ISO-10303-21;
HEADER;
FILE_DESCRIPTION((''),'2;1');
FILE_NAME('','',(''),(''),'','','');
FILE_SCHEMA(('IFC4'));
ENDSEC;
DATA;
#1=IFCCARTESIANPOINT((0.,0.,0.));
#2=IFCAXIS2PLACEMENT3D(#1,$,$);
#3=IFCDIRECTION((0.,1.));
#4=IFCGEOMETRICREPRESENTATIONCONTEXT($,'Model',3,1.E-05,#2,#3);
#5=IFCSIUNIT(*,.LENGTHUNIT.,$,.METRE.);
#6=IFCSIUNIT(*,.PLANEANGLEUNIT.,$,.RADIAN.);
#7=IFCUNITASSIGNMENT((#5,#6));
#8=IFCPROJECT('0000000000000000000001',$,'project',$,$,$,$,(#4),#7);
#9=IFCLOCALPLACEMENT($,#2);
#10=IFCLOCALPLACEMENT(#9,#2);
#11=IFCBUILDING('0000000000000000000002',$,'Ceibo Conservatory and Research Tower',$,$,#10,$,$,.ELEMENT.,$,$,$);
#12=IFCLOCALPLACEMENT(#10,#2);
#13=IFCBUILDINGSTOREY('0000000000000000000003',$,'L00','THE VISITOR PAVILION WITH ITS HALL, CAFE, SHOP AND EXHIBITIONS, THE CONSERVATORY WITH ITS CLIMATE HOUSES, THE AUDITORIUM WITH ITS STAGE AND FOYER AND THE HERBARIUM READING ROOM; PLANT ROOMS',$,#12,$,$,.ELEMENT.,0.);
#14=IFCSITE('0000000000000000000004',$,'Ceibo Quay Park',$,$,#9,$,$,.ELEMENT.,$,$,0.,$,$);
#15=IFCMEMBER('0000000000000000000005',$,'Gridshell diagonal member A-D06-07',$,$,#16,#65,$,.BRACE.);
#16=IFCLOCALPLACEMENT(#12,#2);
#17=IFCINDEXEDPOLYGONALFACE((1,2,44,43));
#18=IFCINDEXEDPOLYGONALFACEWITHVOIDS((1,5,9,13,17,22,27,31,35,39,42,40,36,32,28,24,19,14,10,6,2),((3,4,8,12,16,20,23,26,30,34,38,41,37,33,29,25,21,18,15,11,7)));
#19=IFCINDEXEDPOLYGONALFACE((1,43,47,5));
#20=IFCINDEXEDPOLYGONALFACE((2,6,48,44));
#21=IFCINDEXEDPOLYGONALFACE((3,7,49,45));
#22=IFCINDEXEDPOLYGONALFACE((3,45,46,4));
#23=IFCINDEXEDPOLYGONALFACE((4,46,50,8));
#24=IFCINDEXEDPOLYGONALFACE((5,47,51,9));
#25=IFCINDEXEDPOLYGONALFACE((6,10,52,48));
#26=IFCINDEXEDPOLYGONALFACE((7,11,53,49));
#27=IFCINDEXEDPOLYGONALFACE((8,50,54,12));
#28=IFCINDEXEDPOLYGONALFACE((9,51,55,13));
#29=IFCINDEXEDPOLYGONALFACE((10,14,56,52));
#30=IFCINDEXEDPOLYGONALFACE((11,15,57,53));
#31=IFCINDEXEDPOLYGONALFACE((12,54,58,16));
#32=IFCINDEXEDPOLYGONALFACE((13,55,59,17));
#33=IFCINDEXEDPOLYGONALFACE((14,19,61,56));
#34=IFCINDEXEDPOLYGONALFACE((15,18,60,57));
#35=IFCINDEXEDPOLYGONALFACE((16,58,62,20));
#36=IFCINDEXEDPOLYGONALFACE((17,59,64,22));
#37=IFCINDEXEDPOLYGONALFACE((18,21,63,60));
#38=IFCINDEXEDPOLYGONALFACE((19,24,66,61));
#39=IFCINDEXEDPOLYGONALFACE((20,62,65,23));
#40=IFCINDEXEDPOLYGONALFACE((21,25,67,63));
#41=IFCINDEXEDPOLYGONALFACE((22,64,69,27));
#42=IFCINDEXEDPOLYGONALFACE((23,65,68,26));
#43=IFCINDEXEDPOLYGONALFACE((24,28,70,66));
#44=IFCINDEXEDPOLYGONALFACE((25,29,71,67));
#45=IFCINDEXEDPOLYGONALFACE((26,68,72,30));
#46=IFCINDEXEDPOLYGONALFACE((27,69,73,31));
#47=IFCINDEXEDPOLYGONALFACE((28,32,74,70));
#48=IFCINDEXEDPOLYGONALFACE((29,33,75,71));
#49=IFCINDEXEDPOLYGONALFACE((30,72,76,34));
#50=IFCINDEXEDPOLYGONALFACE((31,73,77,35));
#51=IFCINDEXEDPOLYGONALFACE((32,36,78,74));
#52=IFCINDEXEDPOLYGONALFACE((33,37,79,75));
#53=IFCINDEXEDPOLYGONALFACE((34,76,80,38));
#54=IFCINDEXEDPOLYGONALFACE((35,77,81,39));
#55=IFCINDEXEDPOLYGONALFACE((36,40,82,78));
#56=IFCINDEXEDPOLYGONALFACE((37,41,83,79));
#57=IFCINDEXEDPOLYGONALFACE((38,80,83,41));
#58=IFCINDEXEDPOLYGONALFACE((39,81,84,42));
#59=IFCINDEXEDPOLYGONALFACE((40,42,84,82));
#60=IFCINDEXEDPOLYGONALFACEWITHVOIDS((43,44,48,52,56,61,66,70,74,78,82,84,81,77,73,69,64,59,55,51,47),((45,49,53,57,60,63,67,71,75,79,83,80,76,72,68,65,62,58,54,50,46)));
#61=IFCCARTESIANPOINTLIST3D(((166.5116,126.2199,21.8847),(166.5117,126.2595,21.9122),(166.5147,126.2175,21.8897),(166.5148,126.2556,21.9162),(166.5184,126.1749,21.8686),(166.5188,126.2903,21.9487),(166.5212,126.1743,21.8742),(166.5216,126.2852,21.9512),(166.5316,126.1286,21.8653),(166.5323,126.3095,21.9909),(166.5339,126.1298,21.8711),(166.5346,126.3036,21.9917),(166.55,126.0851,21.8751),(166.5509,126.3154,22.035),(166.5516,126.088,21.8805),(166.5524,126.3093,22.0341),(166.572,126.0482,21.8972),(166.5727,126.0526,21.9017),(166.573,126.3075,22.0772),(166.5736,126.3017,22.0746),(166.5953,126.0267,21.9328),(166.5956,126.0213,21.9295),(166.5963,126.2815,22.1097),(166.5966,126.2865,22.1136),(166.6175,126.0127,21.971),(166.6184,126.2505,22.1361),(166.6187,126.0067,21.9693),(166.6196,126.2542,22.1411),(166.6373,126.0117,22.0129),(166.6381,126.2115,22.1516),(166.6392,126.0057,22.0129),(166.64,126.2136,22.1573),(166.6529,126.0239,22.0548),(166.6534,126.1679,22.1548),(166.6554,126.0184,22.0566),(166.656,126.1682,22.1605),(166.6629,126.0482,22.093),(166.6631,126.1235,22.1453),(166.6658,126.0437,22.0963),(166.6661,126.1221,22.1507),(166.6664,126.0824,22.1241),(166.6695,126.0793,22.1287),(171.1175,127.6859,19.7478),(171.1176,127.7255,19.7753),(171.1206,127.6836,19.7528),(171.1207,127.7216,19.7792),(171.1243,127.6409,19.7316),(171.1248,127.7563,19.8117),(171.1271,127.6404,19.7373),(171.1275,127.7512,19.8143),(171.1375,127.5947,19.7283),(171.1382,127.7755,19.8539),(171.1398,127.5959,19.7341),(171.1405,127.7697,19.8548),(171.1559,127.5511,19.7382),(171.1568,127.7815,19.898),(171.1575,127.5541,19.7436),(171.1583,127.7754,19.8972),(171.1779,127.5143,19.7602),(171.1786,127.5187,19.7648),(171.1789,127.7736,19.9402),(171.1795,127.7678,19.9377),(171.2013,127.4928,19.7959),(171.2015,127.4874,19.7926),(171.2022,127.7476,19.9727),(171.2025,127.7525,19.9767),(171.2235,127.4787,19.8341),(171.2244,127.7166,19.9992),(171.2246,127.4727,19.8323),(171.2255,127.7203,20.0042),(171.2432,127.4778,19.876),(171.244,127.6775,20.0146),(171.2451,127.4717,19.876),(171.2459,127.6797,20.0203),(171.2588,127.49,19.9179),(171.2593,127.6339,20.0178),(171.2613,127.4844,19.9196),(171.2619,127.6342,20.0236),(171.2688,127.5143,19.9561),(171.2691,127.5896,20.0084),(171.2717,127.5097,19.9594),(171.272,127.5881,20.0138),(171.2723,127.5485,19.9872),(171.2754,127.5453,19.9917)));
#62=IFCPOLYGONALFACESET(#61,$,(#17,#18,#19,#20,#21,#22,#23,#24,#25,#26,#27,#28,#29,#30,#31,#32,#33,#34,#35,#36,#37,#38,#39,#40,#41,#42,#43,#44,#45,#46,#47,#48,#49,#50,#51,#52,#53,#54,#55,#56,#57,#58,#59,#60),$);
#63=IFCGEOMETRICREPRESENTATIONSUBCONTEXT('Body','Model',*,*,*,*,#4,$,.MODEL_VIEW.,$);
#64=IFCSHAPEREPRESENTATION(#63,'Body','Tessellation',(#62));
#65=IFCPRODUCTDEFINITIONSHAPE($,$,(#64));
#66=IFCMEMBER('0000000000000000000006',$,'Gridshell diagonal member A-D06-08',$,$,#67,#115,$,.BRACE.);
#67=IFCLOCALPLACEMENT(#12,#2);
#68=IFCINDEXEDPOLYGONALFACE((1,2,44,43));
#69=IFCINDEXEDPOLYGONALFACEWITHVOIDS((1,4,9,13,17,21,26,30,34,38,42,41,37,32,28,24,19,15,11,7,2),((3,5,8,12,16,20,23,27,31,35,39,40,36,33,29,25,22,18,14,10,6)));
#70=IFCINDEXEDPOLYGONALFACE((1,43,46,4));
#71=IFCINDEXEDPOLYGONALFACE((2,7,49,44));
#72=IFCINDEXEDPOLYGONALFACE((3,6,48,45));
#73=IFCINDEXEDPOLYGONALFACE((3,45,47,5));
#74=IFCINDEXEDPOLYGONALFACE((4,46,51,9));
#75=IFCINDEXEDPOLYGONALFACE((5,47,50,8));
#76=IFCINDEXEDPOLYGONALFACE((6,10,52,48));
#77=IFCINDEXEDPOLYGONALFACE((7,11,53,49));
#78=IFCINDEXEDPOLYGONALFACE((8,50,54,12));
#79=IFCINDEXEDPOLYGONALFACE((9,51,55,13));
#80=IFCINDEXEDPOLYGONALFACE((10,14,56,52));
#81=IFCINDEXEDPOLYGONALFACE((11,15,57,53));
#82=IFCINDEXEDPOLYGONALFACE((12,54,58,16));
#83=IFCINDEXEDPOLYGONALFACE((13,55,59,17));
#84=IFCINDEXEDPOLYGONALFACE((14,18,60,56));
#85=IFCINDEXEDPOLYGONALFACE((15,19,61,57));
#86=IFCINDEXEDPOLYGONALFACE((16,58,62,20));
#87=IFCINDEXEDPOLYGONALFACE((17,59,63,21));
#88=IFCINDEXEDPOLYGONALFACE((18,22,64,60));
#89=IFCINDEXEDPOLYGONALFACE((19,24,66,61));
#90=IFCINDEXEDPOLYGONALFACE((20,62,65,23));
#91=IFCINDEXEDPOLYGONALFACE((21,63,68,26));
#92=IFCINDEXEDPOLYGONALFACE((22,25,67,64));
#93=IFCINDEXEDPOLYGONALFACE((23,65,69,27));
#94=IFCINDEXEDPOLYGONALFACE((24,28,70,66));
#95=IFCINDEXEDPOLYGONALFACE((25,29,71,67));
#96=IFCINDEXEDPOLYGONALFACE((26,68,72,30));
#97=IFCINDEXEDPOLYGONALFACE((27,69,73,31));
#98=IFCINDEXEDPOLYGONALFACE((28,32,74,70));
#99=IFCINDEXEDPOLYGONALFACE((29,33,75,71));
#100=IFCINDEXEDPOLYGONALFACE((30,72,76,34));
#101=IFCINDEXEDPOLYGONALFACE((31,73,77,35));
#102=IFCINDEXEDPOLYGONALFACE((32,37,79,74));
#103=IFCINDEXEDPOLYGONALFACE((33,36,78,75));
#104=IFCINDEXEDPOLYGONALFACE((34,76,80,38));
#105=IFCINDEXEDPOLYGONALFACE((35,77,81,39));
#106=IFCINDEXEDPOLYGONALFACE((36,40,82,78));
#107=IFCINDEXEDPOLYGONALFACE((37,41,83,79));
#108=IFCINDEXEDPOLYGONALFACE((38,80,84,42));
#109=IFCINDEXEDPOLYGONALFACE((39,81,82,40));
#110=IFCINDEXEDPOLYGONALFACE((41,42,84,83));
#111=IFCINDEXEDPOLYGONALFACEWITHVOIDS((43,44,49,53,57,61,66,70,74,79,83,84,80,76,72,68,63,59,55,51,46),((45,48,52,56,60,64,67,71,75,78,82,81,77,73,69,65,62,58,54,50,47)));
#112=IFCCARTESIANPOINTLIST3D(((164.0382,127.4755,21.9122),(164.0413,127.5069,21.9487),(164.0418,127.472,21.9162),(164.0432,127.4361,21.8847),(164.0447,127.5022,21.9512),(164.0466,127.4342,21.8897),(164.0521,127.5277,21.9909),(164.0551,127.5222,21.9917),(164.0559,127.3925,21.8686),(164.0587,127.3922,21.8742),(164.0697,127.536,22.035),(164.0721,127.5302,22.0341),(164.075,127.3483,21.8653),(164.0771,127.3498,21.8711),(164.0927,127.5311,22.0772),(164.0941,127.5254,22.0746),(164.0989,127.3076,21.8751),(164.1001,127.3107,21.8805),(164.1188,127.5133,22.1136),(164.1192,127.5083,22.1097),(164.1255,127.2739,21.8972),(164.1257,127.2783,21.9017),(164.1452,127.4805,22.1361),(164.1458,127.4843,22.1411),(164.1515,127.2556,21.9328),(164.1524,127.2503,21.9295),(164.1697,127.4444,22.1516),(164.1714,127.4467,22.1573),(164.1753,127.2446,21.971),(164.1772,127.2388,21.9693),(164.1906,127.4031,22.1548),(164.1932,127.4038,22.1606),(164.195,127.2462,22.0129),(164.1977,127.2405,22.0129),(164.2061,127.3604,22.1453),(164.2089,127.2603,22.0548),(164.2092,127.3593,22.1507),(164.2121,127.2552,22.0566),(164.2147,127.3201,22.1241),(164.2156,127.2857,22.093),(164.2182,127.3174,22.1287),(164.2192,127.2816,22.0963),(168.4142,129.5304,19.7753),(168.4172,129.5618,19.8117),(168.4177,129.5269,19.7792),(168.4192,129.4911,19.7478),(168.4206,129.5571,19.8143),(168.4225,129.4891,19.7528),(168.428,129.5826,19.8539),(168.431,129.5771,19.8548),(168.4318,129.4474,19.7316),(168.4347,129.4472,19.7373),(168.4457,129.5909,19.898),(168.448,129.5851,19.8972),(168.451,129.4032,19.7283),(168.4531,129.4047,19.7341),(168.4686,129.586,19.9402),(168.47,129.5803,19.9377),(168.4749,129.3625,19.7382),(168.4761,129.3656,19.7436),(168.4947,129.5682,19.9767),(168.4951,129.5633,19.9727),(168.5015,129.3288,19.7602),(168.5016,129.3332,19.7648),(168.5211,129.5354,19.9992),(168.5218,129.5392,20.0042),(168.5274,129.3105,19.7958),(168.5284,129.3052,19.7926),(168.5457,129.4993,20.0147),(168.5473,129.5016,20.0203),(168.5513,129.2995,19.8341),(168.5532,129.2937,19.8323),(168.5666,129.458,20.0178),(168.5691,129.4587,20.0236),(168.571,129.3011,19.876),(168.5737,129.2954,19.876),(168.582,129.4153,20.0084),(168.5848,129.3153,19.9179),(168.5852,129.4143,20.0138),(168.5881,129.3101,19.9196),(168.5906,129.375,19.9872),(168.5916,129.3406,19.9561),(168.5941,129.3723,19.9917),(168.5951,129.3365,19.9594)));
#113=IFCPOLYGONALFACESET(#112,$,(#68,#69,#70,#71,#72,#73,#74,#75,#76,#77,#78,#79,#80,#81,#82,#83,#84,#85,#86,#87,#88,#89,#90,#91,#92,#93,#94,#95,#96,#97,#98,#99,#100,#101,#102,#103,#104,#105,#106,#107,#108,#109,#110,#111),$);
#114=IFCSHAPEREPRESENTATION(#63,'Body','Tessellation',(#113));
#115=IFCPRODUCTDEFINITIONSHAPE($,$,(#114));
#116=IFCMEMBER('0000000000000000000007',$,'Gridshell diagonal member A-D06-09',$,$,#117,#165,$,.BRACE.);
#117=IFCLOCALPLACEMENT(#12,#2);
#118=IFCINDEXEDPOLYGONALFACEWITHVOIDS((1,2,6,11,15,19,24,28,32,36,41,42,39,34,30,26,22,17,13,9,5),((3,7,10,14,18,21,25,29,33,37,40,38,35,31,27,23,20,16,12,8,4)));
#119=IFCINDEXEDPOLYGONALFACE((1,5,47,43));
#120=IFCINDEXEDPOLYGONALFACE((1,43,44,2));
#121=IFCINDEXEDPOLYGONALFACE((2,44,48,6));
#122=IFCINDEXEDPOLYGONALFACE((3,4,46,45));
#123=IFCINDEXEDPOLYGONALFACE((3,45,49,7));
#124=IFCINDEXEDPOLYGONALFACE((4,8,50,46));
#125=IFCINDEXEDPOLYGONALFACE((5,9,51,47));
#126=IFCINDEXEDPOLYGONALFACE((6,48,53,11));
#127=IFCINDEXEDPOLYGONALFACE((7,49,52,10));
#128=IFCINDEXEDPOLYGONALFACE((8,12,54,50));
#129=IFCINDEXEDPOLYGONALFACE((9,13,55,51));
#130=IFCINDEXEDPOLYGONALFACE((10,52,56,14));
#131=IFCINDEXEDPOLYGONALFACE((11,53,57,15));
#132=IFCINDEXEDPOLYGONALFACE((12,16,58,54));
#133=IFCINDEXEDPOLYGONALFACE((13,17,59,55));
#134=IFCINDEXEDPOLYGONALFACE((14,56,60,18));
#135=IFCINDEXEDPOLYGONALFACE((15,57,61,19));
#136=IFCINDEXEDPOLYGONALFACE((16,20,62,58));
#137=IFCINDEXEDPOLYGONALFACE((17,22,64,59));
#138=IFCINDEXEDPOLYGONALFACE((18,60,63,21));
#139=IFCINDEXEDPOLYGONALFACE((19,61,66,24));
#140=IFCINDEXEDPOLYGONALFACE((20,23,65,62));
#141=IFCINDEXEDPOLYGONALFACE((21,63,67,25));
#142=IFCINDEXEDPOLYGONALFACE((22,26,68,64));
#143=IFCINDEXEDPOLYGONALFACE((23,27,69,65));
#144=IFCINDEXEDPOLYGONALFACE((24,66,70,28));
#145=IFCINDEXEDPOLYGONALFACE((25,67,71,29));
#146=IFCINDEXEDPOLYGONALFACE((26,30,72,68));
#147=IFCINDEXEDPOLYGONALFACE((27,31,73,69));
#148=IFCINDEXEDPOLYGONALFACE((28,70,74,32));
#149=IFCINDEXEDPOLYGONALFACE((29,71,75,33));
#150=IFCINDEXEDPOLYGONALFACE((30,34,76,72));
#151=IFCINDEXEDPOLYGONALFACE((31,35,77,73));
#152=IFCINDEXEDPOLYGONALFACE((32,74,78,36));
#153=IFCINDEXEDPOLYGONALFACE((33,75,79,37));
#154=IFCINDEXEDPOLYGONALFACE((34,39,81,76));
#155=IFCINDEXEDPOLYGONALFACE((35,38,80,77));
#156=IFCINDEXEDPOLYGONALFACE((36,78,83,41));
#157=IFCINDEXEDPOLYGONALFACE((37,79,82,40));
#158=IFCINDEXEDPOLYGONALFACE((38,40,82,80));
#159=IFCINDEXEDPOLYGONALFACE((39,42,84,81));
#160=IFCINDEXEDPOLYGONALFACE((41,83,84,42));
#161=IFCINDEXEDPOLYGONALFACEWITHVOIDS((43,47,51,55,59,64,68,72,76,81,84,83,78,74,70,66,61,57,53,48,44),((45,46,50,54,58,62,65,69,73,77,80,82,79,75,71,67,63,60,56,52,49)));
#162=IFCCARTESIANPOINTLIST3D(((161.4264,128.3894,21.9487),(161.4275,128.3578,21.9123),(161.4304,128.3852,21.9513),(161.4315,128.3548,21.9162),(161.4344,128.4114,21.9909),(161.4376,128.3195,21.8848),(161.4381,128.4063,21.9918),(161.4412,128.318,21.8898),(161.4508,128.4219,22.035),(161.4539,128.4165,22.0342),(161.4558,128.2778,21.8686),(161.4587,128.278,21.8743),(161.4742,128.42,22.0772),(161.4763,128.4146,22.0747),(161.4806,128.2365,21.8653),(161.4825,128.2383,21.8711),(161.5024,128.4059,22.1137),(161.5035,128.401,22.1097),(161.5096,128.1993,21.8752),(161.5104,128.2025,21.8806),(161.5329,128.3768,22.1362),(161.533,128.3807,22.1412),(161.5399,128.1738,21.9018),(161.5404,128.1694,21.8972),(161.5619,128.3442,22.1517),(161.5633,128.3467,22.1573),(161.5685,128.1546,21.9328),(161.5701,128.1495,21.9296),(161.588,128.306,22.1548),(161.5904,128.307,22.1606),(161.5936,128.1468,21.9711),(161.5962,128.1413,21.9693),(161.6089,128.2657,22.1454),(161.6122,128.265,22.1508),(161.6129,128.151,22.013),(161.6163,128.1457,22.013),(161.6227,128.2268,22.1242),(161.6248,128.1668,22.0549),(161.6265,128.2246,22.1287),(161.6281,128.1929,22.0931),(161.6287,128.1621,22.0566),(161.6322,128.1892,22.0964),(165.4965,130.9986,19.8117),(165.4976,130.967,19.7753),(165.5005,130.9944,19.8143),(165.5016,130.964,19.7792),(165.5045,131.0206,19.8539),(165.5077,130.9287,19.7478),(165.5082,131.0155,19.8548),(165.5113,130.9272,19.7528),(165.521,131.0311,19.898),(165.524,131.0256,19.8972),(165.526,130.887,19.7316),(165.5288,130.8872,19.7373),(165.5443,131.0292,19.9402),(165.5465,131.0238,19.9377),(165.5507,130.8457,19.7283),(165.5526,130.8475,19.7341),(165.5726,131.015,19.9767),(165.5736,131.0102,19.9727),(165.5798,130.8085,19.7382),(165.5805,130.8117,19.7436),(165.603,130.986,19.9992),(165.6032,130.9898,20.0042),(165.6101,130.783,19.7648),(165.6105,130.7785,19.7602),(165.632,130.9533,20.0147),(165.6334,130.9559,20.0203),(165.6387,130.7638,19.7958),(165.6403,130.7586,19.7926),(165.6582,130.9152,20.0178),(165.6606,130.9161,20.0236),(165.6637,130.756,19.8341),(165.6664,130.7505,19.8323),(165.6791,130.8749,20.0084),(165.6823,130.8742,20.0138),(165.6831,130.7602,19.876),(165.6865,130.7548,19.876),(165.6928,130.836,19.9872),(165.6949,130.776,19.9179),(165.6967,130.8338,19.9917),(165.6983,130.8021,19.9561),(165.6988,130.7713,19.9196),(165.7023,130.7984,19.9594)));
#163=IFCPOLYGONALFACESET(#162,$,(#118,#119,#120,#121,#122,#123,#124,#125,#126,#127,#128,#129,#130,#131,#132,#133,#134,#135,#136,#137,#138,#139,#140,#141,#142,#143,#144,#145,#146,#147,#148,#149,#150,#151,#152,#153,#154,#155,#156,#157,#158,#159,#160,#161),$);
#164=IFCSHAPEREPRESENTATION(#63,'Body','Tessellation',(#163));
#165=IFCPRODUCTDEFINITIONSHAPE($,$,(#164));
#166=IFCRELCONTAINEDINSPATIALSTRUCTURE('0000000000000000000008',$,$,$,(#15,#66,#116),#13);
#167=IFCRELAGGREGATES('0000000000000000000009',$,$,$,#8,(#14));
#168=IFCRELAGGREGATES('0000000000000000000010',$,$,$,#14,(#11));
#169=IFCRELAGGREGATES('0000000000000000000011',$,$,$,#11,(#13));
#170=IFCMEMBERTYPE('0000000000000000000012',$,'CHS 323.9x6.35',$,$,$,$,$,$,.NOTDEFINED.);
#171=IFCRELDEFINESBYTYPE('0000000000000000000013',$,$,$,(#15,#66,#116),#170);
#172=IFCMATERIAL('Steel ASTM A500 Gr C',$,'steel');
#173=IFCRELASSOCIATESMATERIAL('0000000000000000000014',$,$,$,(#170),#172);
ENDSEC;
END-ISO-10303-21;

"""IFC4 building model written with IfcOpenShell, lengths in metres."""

from ifc_helpers import new_model, si_unit, direction, frame, origin, origin_2d, place, context, subcontext, project, spatial, hollow_circle, extrude, material, material_profile, profile_set, type_object, element, save


model = new_model("IFC4")

# Units and contexts
model_context = context("Model", 3, precision=1e-05, world=origin(), true_north=direction((0.0, 1.0)))
body_context = subcontext(model_context, "Body", "Model", "MODEL_VIEW")
ifc_project = project(units=[si_unit("LENGTHUNIT", "METRE"), si_unit("PLANEANGLEUNIT", "RADIAN")], contexts=[model_context])

# Site, building, storey
site_placement = place(None, origin())
site = spatial("IfcSite", under=ifc_project, at=site_placement, Name="Ceibo Quay Park", CompositionType="ELEMENT", RefElevation=0.0)
building_placement = place(site_placement, origin())
building = spatial("IfcBuilding", under=site, at=building_placement, Name="Ceibo Conservatory and Research Tower", CompositionType="ELEMENT")
storey_placement = place(building_placement, origin())
storey = spatial("IfcBuildingStorey", under=building, at=storey_placement, Name="L00", Description="THE VISITOR PAVILION WITH ITS HALL, CAFE, SHOP AND EXHIBITIONS, THE CONSERVATORY WITH ITS CLIMATE HOUSES, THE AUDITORIUM WITH ITS STAGE AND FOYER AND THE HERBARIUM READING ROOM; PLANT ROOMS", CompositionType="ELEMENT", Elevation=0.0)

# Members
ifc_material_1 = material(Name="Steel ASTM A500 Gr C", Category="steel")
ifc_material_profile_1 = material_profile(ifc_material_1, hollow_circle(Radius=0.1619, WallThickness=0.0063, at=origin_2d()), Name="CHS 323.9x6.35")
ifc_profile_set_1 = profile_set([ifc_material_profile_1], Name="Steel ASTM A500 Gr C")
member_type_1 = type_object("IfcMemberType", Name="CHS 323.9x6.35", PredefinedType="NOTDEFINED", material=ifc_profile_set_1)
member_1_placement = place(storey_placement, frame((171.196, 127.626, 19.876), z_axis=(-0.871522, -0.277403, 0.404348), x_axis=(0.303304, -0.952894, 0.0)))
element("IfcMember", 1, at=member_1_placement, inside=storey, type_object=member_type_1, Name="Gridshell diagonal member A-D06-07", PredefinedType="BRACE", context=body_context, shape_type="SweptSolid", body=[
    extrude(hollow_circle(Radius=0.1619, WallThickness=0.0063, at=origin_2d()), origin(), (0.0, 0.0, 1.0), 5.2849),
])
member_2_placement = place(storey_placement, frame((168.5049, 129.4419, 19.876), z_axis=(-0.827891, -0.388773, 0.404292), x_axis=(0.42506, -0.905165, 0.0)))
element("IfcMember", 2, at=member_2_placement, inside=storey, type_object=member_type_1, Name="Gridshell diagonal member A-D06-08", PredefinedType="BRACE", context=body_context, shape_type="SweptSolid", body=[
    extrude(hollow_circle(Radius=0.1619, WallThickness=0.0063, at=origin_2d()), origin(), (0.0, 0.0, 1.0), 5.2856),
])
member_3_placement = place(storey_placement, frame((165.5991, 130.8911, 19.876), z_axis=(-0.770001, -0.493612, 0.404284), x_axis=(0.539683, -0.841869, 0.0)))
element("IfcMember", 3, at=member_3_placement, inside=storey, type_object=member_type_1, Name="Gridshell diagonal member A-D06-09", PredefinedType="BRACE", context=body_context, shape_type="SweptSolid", body=[
    extrude(hollow_circle(Radius=0.1619, WallThickness=0.0063, at=origin_2d()), origin(), (0.0, 0.0, 1.0), 5.2859),
])

save(model, "model.ifc")
